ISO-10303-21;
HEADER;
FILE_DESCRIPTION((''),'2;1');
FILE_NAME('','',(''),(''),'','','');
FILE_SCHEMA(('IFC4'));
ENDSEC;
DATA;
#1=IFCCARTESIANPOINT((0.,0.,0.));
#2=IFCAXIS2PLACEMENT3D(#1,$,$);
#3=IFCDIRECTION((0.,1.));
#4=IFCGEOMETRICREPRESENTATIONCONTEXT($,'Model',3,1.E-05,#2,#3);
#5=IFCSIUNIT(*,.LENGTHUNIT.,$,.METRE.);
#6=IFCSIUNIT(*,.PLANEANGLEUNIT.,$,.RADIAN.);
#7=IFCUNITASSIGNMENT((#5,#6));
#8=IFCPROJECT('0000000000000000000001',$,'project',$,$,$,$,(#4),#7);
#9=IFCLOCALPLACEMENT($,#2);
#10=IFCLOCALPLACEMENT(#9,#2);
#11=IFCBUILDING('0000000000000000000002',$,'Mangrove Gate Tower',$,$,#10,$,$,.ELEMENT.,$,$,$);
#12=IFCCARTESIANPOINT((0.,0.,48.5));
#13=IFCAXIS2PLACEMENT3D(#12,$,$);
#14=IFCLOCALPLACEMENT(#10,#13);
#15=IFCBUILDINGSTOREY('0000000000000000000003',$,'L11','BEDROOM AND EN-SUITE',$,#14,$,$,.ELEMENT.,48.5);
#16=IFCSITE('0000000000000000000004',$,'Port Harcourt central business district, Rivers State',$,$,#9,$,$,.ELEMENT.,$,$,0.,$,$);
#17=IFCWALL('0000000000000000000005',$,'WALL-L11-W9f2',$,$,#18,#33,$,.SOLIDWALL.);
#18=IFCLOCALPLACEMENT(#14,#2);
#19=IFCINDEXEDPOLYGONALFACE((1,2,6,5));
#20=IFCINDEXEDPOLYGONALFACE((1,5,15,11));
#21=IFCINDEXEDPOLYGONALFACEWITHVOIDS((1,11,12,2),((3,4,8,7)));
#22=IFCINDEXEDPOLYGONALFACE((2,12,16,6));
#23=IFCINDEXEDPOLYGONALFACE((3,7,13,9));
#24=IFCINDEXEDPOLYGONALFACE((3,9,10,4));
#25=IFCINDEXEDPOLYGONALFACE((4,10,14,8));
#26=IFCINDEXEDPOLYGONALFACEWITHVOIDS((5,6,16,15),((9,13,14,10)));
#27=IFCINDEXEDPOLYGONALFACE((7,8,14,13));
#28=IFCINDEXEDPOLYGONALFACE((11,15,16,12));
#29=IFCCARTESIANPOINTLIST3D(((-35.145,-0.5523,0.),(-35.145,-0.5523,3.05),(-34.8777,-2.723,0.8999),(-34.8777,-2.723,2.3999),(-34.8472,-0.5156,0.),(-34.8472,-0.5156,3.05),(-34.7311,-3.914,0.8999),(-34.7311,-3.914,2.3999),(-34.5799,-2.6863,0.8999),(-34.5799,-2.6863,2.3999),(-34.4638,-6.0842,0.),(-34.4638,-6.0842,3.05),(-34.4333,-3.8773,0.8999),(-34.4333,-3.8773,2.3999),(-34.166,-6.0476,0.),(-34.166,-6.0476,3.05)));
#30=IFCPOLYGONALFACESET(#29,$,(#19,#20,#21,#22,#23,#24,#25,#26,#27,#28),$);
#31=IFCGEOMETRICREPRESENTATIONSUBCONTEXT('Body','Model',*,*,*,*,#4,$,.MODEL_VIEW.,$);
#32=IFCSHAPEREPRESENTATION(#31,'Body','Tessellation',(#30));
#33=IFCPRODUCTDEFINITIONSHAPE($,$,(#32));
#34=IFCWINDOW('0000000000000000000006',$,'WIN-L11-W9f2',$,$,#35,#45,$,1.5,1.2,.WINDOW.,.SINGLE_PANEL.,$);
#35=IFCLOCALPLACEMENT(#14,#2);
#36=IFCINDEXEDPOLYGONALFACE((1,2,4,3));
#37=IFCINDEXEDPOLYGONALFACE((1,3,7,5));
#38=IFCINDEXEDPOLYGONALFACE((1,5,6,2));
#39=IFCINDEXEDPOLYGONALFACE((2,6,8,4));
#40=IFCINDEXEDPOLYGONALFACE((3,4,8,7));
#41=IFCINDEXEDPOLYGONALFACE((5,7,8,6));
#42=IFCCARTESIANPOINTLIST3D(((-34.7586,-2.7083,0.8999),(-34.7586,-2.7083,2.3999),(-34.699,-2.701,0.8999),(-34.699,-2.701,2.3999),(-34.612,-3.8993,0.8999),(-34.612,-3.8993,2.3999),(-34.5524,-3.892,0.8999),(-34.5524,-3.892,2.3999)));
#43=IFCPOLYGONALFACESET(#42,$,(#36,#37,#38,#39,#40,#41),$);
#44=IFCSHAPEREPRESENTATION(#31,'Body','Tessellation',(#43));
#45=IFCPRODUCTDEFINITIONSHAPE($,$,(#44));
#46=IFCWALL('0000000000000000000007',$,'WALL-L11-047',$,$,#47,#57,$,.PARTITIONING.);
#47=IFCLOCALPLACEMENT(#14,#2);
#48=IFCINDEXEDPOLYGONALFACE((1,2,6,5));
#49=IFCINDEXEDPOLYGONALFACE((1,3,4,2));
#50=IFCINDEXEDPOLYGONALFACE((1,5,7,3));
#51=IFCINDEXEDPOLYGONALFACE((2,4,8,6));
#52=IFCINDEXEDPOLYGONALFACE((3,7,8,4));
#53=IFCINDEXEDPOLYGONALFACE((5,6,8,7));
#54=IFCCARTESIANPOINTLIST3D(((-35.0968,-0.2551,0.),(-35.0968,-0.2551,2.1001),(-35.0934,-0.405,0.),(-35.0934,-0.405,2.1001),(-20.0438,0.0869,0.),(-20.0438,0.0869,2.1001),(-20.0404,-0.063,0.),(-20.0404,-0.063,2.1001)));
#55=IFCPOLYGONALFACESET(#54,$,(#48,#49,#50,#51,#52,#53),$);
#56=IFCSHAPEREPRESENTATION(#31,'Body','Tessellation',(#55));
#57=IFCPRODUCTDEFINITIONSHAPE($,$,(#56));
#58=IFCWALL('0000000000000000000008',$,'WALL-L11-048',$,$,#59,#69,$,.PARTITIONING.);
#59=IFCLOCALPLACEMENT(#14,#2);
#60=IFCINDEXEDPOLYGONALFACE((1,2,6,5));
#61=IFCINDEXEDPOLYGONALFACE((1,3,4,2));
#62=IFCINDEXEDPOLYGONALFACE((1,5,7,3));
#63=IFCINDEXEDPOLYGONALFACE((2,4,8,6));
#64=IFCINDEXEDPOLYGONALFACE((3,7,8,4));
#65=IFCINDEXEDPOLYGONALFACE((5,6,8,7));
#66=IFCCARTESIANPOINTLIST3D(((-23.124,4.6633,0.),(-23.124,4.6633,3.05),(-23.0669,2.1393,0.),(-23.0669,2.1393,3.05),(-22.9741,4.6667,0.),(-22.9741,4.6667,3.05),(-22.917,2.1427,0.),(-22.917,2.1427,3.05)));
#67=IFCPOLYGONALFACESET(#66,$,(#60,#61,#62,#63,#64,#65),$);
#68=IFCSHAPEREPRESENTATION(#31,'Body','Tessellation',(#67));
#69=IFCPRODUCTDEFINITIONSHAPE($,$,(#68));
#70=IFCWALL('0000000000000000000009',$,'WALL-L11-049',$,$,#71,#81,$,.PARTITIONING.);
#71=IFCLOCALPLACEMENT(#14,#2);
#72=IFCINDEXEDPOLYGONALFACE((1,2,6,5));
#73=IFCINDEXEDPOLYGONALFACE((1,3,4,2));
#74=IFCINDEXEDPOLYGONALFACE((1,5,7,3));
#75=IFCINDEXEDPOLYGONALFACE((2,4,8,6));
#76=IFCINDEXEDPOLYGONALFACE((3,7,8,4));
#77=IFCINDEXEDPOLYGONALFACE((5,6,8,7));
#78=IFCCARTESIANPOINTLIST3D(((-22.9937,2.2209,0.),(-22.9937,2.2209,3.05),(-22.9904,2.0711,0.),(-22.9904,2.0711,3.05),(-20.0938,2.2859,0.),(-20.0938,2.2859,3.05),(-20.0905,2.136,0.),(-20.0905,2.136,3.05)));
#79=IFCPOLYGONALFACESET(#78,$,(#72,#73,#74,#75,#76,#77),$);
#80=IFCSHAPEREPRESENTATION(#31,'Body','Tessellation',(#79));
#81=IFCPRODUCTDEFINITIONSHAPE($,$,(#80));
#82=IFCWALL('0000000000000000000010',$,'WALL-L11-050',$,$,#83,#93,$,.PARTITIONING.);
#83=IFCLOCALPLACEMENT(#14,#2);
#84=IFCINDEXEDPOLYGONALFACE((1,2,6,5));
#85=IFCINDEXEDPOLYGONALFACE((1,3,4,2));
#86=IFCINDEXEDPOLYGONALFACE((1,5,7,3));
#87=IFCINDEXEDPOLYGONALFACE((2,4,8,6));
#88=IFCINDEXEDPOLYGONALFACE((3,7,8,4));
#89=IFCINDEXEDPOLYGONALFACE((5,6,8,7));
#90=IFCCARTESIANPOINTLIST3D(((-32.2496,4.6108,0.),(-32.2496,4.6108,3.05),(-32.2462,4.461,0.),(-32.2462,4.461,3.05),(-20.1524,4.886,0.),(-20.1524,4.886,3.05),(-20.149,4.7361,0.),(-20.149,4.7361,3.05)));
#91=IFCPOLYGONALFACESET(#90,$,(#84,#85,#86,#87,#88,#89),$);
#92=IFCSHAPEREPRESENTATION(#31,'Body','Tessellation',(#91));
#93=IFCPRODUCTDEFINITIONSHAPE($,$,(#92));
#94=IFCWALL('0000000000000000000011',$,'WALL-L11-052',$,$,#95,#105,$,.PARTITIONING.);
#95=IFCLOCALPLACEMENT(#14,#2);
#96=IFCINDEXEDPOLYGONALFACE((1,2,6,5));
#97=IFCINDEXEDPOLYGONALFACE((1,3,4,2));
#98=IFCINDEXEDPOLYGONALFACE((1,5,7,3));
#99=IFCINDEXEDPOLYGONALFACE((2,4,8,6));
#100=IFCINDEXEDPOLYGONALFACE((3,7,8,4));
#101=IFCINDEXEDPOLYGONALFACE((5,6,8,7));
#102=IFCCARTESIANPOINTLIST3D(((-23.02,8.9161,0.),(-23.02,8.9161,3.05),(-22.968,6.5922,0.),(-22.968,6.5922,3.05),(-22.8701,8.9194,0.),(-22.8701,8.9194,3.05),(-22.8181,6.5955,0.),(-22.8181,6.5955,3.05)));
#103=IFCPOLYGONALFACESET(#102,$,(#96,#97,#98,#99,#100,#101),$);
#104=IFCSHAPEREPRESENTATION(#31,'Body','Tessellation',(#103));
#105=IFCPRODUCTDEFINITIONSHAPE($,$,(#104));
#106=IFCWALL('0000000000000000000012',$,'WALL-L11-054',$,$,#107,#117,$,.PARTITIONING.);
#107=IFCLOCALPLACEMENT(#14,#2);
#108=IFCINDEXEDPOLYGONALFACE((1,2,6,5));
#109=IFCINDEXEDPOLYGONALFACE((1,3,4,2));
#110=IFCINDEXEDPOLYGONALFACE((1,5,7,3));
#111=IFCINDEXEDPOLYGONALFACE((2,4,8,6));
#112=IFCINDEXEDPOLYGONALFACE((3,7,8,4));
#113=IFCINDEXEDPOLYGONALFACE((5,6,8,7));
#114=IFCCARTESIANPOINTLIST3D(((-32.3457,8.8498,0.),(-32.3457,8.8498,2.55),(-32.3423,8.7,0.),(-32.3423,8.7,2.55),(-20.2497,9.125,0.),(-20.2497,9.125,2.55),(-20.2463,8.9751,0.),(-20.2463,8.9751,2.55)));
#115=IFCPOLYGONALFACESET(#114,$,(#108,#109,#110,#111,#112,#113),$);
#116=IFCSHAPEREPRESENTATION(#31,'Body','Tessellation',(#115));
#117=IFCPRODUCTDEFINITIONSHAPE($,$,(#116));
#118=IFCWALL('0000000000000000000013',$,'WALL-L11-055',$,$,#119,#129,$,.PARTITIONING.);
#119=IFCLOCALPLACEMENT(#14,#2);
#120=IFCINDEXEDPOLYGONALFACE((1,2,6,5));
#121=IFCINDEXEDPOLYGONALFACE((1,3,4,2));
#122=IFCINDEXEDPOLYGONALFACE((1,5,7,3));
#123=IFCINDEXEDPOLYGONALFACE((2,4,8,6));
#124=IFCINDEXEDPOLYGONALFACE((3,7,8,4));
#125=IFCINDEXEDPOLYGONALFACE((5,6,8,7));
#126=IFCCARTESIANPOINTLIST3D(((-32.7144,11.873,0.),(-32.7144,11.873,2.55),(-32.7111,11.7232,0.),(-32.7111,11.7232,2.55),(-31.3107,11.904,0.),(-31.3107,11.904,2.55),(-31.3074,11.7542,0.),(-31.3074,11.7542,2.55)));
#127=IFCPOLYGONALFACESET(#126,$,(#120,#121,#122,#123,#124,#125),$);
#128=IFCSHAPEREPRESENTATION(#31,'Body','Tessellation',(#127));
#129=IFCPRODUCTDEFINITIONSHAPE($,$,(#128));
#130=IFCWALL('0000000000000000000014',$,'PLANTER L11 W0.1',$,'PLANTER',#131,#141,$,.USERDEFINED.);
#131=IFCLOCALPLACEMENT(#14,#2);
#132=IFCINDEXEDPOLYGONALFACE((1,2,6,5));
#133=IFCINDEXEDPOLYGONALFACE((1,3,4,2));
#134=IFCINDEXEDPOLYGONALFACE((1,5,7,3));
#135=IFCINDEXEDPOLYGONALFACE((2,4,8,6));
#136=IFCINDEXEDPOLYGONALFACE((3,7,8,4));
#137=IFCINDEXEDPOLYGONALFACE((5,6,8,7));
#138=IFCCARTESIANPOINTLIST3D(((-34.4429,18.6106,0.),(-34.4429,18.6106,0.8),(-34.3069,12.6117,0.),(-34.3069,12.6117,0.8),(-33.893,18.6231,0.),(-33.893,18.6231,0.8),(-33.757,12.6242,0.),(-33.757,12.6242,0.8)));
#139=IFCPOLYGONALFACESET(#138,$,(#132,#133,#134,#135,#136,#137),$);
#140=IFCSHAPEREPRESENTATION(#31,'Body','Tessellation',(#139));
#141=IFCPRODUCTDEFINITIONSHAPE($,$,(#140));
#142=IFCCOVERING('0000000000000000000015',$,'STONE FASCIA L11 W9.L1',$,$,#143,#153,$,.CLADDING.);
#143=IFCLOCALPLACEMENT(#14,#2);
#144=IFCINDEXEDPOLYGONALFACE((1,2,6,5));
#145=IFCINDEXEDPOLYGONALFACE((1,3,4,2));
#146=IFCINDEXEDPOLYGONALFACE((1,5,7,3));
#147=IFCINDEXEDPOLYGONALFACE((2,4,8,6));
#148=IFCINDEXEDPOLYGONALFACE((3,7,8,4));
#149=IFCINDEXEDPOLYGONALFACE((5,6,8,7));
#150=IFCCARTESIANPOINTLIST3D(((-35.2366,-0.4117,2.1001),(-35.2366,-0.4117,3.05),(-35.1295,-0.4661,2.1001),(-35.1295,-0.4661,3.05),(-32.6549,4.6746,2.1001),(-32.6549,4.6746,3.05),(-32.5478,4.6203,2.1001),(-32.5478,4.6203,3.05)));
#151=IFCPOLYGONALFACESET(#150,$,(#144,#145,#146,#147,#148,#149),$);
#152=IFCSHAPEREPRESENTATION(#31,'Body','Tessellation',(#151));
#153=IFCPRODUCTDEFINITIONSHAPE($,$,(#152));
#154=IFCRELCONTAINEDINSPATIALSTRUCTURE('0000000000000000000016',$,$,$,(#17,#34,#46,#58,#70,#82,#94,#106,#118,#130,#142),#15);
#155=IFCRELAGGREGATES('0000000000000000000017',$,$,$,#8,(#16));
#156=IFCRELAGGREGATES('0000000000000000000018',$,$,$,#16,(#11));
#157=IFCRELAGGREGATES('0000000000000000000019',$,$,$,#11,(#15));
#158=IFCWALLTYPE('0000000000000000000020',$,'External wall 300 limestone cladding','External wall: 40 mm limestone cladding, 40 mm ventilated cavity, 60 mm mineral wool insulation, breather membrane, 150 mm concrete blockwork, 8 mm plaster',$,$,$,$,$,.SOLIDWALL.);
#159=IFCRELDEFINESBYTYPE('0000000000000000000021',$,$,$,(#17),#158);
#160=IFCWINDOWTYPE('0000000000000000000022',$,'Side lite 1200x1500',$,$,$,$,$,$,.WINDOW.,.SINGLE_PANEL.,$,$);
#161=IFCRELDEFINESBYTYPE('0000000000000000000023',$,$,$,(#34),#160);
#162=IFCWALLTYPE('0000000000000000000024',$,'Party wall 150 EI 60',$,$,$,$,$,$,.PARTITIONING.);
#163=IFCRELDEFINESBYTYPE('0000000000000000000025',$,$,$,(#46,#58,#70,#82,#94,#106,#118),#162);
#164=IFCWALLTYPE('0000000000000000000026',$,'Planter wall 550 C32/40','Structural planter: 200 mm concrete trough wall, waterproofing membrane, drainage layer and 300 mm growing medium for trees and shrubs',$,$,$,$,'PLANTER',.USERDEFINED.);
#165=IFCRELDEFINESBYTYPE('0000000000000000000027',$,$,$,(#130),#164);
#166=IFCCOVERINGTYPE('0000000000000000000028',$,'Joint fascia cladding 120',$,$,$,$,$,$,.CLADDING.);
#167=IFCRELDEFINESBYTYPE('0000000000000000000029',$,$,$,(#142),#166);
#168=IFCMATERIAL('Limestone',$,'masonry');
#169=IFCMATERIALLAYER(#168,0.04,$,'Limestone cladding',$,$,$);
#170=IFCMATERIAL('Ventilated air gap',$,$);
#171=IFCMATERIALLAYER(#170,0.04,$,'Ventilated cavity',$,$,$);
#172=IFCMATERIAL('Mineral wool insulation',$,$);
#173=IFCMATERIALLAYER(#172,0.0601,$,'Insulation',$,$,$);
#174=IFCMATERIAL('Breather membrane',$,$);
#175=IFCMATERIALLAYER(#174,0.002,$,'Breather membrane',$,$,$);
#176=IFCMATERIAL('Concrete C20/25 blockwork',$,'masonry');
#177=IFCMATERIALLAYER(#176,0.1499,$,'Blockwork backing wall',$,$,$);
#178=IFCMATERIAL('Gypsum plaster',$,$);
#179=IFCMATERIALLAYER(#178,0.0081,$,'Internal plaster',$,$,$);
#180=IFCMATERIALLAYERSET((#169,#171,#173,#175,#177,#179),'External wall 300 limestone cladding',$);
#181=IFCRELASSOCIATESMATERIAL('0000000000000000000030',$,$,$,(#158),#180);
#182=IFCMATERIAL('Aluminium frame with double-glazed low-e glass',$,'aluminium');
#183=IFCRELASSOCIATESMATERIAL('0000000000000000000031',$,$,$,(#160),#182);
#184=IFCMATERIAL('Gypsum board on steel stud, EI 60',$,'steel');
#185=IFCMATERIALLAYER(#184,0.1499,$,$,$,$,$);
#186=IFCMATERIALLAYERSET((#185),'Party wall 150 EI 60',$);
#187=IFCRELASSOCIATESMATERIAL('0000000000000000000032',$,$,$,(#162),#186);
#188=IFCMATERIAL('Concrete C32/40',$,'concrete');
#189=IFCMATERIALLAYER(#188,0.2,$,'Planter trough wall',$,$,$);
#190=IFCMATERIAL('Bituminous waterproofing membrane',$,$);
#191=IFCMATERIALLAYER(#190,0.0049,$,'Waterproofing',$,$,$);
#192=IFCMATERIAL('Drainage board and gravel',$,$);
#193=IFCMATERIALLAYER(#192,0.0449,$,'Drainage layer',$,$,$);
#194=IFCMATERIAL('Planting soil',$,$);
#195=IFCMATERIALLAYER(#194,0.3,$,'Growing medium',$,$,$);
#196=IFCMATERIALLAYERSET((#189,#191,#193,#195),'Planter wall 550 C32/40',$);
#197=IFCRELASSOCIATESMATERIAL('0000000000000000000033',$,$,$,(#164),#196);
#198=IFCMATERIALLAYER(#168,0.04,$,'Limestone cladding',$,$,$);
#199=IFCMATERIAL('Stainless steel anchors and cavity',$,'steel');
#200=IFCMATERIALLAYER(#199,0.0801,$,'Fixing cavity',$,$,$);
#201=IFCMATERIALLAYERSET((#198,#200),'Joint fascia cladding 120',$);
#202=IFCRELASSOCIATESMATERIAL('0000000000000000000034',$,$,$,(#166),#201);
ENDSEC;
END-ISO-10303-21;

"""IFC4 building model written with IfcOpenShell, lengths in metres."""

from ifc_helpers import new_model, si_unit, direction, frame, frame_2d, origin, place, context, subcontext, project, spatial, rectangle, extrude, material, layer, layer_set, type_object, element, fill, save


model = new_model("IFC4")

# Units and contexts
model_context = context("Model", 3, precision=1e-05, world=origin(), true_north=direction((0.0, 1.0)))
body_context = subcontext(model_context, "Body", "Model", "MODEL_VIEW")
ifc_project = project(units=[si_unit("LENGTHUNIT", "METRE"), si_unit("PLANEANGLEUNIT", "RADIAN")], contexts=[model_context])

# Site, building, storey
site_placement = place(None, origin())
site = spatial("IfcSite", under=ifc_project, at=site_placement, Name="Port Harcourt central business district, Rivers State", CompositionType="ELEMENT", RefElevation=0.0)
building_placement = place(site_placement, origin())
building = spatial("IfcBuilding", under=site, at=building_placement, Name="Mangrove Gate Tower", CompositionType="ELEMENT")
storey_placement = place(building_placement, frame((0.0, 0.0, 48.5)))
storey = spatial("IfcBuildingStorey", under=building, at=storey_placement, Name="L11", Description="BEDROOM AND EN-SUITE", CompositionType="ELEMENT", Elevation=48.5)

# Wall, opening, window
ifc_material_1 = material(Name="Limestone", Category="masonry")
ifc_layer_1 = layer(ifc_material_1, 0.04, Name="Limestone cladding")
ifc_material_2 = material(Name="Ventilated air gap")
ifc_layer_2 = layer(ifc_material_2, 0.04, Name="Ventilated cavity")
ifc_material_3 = material(Name="Mineral wool insulation")
ifc_layer_3 = layer(ifc_material_3, 0.0601, Name="Insulation")
ifc_material_4 = material(Name="Breather membrane")
ifc_layer_4 = layer(ifc_material_4, 0.002, Name="Breather membrane")
ifc_material_5 = material(Name="Concrete C20/25 blockwork", Category="masonry")
ifc_layer_5 = layer(ifc_material_5, 0.1499, Name="Blockwork backing wall")
ifc_material_6 = material(Name="Gypsum plaster")
ifc_layer_6 = layer(ifc_material_6, 0.0081, Name="Internal plaster")
ifc_layer_set_1 = layer_set([ifc_layer_1, ifc_layer_2, ifc_layer_3, ifc_layer_4, ifc_layer_5, ifc_layer_6], Name="External wall 300 limestone cladding")
wall_type_1 = type_object("IfcWallType", Name="External wall 300 limestone cladding", Description="External wall: 40 mm limestone cladding, 40 mm ventilated cavity, 60 mm mineral wool insulation, breather membrane, 150 mm concrete blockwork, 8 mm plaster", PredefinedType="SOLIDWALL", material=ifc_layer_set_1)
ifc_material_7 = material(Name="Aluminium frame with double-glazed low-e glass", Category="aluminium")
window_type = type_object("IfcWindowType", Name="Side lite 1200x1500", PartitioningType="SINGLE_PANEL", PredefinedType="WINDOW", material=ifc_material_7)
wall_1_placement = place(storey_placement, frame((-34.9961, -0.5339, 0.0), z_axis=(0.0, 0.0, 1.0), x_axis=(0.122207, -0.992505, 0.0)))
wall_1 = element("IfcWall", 1, at=wall_1_placement, inside=storey, type_object=wall_type_1, Name="WALL-L11-W9f2", PredefinedType="SOLIDWALL", context=body_context, shape_type="SweptSolid", body=[
    extrude(rectangle(XDim=5.5737, YDim=0.3, at=frame_2d((2.7869, 0.0))), origin(), (0.0, 0.0, 1.0), 3.05),
])
opening_1_placement = place(wall_1_placement, frame((2.187, 0.0, 0.8999)))
opening_1 = element("IfcOpeningElement", 2, at=opening_1_placement, cuts=wall_1, PredefinedType="OPENING", context=body_context, shape_type="SweptSolid", body=[
    extrude(rectangle(XDim=1.2, YDim=1.5, at=frame_2d((0.6001, 0.75))), frame((0.0, 0.1599, 0.0), z_axis=(0.0, -1.0, 0.0), x_axis=(1.0, 0.0, 0.0)), (0.0, 0.0, 1.0), 0.3201),
])
window_1_placement = place(opening_1_placement, origin())
window_1 = element("IfcWindow", 3, at=window_1_placement, inside=storey, type_object=window_type, Name="WIN-L11-W9f2", OverallHeight=1.5, OverallWidth=1.2, PartitioningType="SINGLE_PANEL", PredefinedType="WINDOW", context=body_context, shape_type="SweptSolid", body=[
    extrude(rectangle(XDim=1.2, YDim=1.5, at=frame_2d((0.6001, 0.75))), frame((0.0, 0.03, 0.0), z_axis=(0.0, -1.0, 0.0), x_axis=(1.0, 0.0, 0.0)), (0.0, 0.0, 1.0), 0.0601),
])
fill(opening_1, window_1)

# Walls
ifc_material_8 = material(Name="Gypsum board on steel stud, EI 60", Category="steel")
ifc_layer_7 = layer(ifc_material_8, 0.1499)
ifc_layer_set_2 = layer_set([ifc_layer_7], Name="Party wall 150 EI 60")
wall_type_2 = type_object("IfcWallType", Name="Party wall 150 EI 60", PredefinedType="PARTITIONING", material=ifc_layer_set_2)
wall_2_placement = place(storey_placement, frame((-35.095, -0.3301, 0.0), z_axis=(0.0, 0.0, 1.0), x_axis=(0.999742, 0.022717, 0.0)))
element("IfcWall", 4, at=wall_2_placement, inside=storey, type_object=wall_type_2, Name="WALL-L11-047", PredefinedType="PARTITIONING", context=body_context, shape_type="SweptSolid", body=[
    extrude(rectangle(XDim=15.0569, YDim=0.1499, at=frame_2d((7.5283, 0.0))), origin(), (0.0, 0.0, 1.0), 2.1001),
])
wall_3_placement = place(storey_placement, frame((-22.9919, 2.1411, 0.0), z_axis=(0.0, 0.0, 1.0), x_axis=(-0.022629, 0.999744, 0.0)))
element("IfcWall", 5, at=wall_3_placement, inside=storey, type_object=wall_type_2, Name="WALL-L11-048", PredefinedType="PARTITIONING", context=body_context, shape_type="SweptSolid", body=[
    extrude(rectangle(XDim=2.5247, YDim=0.1499, at=frame_2d((1.2622, 0.0))), origin(), (0.0, 0.0, 1.0), 3.05),
])
wall_4_placement = place(storey_placement, frame((-22.9919, 2.146, 0.0), z_axis=(0.0, 0.0, 1.0), x_axis=(0.999749, 0.022389, 0.0)))
element("IfcWall", 6, at=wall_4_placement, inside=storey, type_object=wall_type_2, Name="WALL-L11-049", PredefinedType="PARTITIONING", context=body_context, shape_type="SweptSolid", body=[
    extrude(rectangle(XDim=2.9006, YDim=0.1499, at=frame_2d((1.4502, 0.0))), origin(), (0.0, 0.0, 1.0), 3.05),
])
wall_5_placement = place(storey_placement, frame((-32.248, 4.5359, 0.0), z_axis=(0.0, 0.0, 1.0), x_axis=(0.999741, 0.022739, 0.0)))
element("IfcWall", 7, at=wall_5_placement, inside=storey, type_object=wall_type_2, Name="WALL-L11-050", PredefinedType="PARTITIONING", context=body_context, shape_type="SweptSolid", body=[
    extrude(rectangle(XDim=12.1003, YDim=0.1499, at=frame_2d((6.0503, 0.0))), origin(), (0.0, 0.0, 1.0), 3.05),
])
wall_6_placement = place(storey_placement, frame((-22.8931, 6.594, 0.0), z_axis=(0.0, 0.0, 1.0), x_axis=(-0.022371, 0.99975, 0.0)))
element("IfcWall", 8, at=wall_6_placement, inside=storey, type_object=wall_type_2, Name="WALL-L11-052", PredefinedType="PARTITIONING", context=body_context, shape_type="SweptSolid", body=[
    extrude(rectangle(XDim=2.3245, YDim=0.1499, at=frame_2d((1.1621, 0.0))), origin(), (0.0, 0.0, 1.0), 3.05),
])
wall_7_placement = place(storey_placement, frame((-32.344, 8.7749, 0.0), z_axis=(0.0, 0.0, 1.0), x_axis=(0.999741, 0.022741, 0.0)))
element("IfcWall", 9, at=wall_7_placement, inside=storey, type_object=wall_type_2, Name="WALL-L11-054", PredefinedType="PARTITIONING", context=body_context, shape_type="SweptSolid", body=[
    extrude(rectangle(XDim=12.0991, YDim=0.1499, at=frame_2d((6.0496, 0.0))), origin(), (0.0, 0.0, 1.0), 2.55),
])
wall_8_placement = place(storey_placement, frame((-32.7129, 11.7981, 0.0), z_axis=(0.0, 0.0, 1.0), x_axis=(0.999756, 0.022082, 0.0)))
element("IfcWall", 10, at=wall_8_placement, inside=storey, type_object=wall_type_2, Name="WALL-L11-055", PredefinedType="PARTITIONING", context=body_context, shape_type="SweptSolid", body=[
    extrude(rectangle(XDim=1.4041, YDim=0.1499, at=frame_2d((0.7021, 0.0))), origin(), (0.0, 0.0, 1.0), 2.55),
])
ifc_material_9 = material(Name="Concrete C32/40", Category="concrete")
ifc_layer_8 = layer(ifc_material_9, 0.2, Name="Planter trough wall")
ifc_material_10 = material(Name="Bituminous waterproofing membrane")
ifc_layer_9 = layer(ifc_material_10, 0.0049, Name="Waterproofing")
ifc_material_11 = material(Name="Drainage board and gravel")
ifc_layer_10 = layer(ifc_material_11, 0.0449, Name="Drainage layer")
ifc_material_12 = material(Name="Planting soil")
ifc_layer_11 = layer(ifc_material_12, 0.3, Name="Growing medium")
ifc_layer_set_3 = layer_set([ifc_layer_8, ifc_layer_9, ifc_layer_10, ifc_layer_11], Name="Planter wall 550 C32/40")
wall_type_3 = type_object("IfcWallType", Name="Planter wall 550 C32/40", Description="Structural planter: 200 mm concrete trough wall, waterproofing membrane, drainage layer and 300 mm growing medium for trees and shrubs", ElementType="PLANTER", PredefinedType="USERDEFINED", material=ifc_layer_set_3)
wall_9_placement = place(storey_placement, frame((-34.032, 12.6179, 0.0), z_axis=(0.0, 0.0, 1.0), x_axis=(-0.022662, 0.999743, 0.0)))
element("IfcWall", 11, at=wall_9_placement, inside=storey, type_object=wall_type_3, Name="PLANTER L11 W0.1", ObjectType="PLANTER", PredefinedType="USERDEFINED", context=body_context, shape_type="SweptSolid", body=[
    extrude(rectangle(XDim=6.0005, YDim=0.55, at=frame_2d((3.0002, 0.0))), origin(), (0.0, 0.0, 1.0), 0.8),
])

# Covering
ifc_layer_12 = layer(ifc_material_1, 0.04, Name="Limestone cladding")
ifc_material_13 = material(Name="Stainless steel anchors and cavity", Category="steel")
ifc_layer_13 = layer(ifc_material_13, 0.0801, Name="Fixing cavity")
ifc_layer_set_4 = layer_set([ifc_layer_12, ifc_layer_13], Name="Joint fascia cladding 120")
covering_type = type_object("IfcCoveringType", Name="Joint fascia cladding 120", PredefinedType="CLADDING", material=ifc_layer_set_4)
covering_placement = place(storey_placement, frame((-32.6013, 4.6475, 2.1001), z_axis=(0.0, 0.0, 1.0), x_axis=(-0.452615, -0.891706, 0.0)))
element("IfcCovering", 12, at=covering_placement, inside=storey, type_object=covering_type, Name="STONE FASCIA L11 W9.L1", PredefinedType="CLADDING", context=body_context, shape_type="SweptSolid", body=[
    extrude(rectangle(XDim=5.7041, YDim=0.1201, at=frame_2d((2.8521, 0.0))), origin(), (0.0, 0.0, 1.0), 0.95),
])

save(model, "model.ifc")
